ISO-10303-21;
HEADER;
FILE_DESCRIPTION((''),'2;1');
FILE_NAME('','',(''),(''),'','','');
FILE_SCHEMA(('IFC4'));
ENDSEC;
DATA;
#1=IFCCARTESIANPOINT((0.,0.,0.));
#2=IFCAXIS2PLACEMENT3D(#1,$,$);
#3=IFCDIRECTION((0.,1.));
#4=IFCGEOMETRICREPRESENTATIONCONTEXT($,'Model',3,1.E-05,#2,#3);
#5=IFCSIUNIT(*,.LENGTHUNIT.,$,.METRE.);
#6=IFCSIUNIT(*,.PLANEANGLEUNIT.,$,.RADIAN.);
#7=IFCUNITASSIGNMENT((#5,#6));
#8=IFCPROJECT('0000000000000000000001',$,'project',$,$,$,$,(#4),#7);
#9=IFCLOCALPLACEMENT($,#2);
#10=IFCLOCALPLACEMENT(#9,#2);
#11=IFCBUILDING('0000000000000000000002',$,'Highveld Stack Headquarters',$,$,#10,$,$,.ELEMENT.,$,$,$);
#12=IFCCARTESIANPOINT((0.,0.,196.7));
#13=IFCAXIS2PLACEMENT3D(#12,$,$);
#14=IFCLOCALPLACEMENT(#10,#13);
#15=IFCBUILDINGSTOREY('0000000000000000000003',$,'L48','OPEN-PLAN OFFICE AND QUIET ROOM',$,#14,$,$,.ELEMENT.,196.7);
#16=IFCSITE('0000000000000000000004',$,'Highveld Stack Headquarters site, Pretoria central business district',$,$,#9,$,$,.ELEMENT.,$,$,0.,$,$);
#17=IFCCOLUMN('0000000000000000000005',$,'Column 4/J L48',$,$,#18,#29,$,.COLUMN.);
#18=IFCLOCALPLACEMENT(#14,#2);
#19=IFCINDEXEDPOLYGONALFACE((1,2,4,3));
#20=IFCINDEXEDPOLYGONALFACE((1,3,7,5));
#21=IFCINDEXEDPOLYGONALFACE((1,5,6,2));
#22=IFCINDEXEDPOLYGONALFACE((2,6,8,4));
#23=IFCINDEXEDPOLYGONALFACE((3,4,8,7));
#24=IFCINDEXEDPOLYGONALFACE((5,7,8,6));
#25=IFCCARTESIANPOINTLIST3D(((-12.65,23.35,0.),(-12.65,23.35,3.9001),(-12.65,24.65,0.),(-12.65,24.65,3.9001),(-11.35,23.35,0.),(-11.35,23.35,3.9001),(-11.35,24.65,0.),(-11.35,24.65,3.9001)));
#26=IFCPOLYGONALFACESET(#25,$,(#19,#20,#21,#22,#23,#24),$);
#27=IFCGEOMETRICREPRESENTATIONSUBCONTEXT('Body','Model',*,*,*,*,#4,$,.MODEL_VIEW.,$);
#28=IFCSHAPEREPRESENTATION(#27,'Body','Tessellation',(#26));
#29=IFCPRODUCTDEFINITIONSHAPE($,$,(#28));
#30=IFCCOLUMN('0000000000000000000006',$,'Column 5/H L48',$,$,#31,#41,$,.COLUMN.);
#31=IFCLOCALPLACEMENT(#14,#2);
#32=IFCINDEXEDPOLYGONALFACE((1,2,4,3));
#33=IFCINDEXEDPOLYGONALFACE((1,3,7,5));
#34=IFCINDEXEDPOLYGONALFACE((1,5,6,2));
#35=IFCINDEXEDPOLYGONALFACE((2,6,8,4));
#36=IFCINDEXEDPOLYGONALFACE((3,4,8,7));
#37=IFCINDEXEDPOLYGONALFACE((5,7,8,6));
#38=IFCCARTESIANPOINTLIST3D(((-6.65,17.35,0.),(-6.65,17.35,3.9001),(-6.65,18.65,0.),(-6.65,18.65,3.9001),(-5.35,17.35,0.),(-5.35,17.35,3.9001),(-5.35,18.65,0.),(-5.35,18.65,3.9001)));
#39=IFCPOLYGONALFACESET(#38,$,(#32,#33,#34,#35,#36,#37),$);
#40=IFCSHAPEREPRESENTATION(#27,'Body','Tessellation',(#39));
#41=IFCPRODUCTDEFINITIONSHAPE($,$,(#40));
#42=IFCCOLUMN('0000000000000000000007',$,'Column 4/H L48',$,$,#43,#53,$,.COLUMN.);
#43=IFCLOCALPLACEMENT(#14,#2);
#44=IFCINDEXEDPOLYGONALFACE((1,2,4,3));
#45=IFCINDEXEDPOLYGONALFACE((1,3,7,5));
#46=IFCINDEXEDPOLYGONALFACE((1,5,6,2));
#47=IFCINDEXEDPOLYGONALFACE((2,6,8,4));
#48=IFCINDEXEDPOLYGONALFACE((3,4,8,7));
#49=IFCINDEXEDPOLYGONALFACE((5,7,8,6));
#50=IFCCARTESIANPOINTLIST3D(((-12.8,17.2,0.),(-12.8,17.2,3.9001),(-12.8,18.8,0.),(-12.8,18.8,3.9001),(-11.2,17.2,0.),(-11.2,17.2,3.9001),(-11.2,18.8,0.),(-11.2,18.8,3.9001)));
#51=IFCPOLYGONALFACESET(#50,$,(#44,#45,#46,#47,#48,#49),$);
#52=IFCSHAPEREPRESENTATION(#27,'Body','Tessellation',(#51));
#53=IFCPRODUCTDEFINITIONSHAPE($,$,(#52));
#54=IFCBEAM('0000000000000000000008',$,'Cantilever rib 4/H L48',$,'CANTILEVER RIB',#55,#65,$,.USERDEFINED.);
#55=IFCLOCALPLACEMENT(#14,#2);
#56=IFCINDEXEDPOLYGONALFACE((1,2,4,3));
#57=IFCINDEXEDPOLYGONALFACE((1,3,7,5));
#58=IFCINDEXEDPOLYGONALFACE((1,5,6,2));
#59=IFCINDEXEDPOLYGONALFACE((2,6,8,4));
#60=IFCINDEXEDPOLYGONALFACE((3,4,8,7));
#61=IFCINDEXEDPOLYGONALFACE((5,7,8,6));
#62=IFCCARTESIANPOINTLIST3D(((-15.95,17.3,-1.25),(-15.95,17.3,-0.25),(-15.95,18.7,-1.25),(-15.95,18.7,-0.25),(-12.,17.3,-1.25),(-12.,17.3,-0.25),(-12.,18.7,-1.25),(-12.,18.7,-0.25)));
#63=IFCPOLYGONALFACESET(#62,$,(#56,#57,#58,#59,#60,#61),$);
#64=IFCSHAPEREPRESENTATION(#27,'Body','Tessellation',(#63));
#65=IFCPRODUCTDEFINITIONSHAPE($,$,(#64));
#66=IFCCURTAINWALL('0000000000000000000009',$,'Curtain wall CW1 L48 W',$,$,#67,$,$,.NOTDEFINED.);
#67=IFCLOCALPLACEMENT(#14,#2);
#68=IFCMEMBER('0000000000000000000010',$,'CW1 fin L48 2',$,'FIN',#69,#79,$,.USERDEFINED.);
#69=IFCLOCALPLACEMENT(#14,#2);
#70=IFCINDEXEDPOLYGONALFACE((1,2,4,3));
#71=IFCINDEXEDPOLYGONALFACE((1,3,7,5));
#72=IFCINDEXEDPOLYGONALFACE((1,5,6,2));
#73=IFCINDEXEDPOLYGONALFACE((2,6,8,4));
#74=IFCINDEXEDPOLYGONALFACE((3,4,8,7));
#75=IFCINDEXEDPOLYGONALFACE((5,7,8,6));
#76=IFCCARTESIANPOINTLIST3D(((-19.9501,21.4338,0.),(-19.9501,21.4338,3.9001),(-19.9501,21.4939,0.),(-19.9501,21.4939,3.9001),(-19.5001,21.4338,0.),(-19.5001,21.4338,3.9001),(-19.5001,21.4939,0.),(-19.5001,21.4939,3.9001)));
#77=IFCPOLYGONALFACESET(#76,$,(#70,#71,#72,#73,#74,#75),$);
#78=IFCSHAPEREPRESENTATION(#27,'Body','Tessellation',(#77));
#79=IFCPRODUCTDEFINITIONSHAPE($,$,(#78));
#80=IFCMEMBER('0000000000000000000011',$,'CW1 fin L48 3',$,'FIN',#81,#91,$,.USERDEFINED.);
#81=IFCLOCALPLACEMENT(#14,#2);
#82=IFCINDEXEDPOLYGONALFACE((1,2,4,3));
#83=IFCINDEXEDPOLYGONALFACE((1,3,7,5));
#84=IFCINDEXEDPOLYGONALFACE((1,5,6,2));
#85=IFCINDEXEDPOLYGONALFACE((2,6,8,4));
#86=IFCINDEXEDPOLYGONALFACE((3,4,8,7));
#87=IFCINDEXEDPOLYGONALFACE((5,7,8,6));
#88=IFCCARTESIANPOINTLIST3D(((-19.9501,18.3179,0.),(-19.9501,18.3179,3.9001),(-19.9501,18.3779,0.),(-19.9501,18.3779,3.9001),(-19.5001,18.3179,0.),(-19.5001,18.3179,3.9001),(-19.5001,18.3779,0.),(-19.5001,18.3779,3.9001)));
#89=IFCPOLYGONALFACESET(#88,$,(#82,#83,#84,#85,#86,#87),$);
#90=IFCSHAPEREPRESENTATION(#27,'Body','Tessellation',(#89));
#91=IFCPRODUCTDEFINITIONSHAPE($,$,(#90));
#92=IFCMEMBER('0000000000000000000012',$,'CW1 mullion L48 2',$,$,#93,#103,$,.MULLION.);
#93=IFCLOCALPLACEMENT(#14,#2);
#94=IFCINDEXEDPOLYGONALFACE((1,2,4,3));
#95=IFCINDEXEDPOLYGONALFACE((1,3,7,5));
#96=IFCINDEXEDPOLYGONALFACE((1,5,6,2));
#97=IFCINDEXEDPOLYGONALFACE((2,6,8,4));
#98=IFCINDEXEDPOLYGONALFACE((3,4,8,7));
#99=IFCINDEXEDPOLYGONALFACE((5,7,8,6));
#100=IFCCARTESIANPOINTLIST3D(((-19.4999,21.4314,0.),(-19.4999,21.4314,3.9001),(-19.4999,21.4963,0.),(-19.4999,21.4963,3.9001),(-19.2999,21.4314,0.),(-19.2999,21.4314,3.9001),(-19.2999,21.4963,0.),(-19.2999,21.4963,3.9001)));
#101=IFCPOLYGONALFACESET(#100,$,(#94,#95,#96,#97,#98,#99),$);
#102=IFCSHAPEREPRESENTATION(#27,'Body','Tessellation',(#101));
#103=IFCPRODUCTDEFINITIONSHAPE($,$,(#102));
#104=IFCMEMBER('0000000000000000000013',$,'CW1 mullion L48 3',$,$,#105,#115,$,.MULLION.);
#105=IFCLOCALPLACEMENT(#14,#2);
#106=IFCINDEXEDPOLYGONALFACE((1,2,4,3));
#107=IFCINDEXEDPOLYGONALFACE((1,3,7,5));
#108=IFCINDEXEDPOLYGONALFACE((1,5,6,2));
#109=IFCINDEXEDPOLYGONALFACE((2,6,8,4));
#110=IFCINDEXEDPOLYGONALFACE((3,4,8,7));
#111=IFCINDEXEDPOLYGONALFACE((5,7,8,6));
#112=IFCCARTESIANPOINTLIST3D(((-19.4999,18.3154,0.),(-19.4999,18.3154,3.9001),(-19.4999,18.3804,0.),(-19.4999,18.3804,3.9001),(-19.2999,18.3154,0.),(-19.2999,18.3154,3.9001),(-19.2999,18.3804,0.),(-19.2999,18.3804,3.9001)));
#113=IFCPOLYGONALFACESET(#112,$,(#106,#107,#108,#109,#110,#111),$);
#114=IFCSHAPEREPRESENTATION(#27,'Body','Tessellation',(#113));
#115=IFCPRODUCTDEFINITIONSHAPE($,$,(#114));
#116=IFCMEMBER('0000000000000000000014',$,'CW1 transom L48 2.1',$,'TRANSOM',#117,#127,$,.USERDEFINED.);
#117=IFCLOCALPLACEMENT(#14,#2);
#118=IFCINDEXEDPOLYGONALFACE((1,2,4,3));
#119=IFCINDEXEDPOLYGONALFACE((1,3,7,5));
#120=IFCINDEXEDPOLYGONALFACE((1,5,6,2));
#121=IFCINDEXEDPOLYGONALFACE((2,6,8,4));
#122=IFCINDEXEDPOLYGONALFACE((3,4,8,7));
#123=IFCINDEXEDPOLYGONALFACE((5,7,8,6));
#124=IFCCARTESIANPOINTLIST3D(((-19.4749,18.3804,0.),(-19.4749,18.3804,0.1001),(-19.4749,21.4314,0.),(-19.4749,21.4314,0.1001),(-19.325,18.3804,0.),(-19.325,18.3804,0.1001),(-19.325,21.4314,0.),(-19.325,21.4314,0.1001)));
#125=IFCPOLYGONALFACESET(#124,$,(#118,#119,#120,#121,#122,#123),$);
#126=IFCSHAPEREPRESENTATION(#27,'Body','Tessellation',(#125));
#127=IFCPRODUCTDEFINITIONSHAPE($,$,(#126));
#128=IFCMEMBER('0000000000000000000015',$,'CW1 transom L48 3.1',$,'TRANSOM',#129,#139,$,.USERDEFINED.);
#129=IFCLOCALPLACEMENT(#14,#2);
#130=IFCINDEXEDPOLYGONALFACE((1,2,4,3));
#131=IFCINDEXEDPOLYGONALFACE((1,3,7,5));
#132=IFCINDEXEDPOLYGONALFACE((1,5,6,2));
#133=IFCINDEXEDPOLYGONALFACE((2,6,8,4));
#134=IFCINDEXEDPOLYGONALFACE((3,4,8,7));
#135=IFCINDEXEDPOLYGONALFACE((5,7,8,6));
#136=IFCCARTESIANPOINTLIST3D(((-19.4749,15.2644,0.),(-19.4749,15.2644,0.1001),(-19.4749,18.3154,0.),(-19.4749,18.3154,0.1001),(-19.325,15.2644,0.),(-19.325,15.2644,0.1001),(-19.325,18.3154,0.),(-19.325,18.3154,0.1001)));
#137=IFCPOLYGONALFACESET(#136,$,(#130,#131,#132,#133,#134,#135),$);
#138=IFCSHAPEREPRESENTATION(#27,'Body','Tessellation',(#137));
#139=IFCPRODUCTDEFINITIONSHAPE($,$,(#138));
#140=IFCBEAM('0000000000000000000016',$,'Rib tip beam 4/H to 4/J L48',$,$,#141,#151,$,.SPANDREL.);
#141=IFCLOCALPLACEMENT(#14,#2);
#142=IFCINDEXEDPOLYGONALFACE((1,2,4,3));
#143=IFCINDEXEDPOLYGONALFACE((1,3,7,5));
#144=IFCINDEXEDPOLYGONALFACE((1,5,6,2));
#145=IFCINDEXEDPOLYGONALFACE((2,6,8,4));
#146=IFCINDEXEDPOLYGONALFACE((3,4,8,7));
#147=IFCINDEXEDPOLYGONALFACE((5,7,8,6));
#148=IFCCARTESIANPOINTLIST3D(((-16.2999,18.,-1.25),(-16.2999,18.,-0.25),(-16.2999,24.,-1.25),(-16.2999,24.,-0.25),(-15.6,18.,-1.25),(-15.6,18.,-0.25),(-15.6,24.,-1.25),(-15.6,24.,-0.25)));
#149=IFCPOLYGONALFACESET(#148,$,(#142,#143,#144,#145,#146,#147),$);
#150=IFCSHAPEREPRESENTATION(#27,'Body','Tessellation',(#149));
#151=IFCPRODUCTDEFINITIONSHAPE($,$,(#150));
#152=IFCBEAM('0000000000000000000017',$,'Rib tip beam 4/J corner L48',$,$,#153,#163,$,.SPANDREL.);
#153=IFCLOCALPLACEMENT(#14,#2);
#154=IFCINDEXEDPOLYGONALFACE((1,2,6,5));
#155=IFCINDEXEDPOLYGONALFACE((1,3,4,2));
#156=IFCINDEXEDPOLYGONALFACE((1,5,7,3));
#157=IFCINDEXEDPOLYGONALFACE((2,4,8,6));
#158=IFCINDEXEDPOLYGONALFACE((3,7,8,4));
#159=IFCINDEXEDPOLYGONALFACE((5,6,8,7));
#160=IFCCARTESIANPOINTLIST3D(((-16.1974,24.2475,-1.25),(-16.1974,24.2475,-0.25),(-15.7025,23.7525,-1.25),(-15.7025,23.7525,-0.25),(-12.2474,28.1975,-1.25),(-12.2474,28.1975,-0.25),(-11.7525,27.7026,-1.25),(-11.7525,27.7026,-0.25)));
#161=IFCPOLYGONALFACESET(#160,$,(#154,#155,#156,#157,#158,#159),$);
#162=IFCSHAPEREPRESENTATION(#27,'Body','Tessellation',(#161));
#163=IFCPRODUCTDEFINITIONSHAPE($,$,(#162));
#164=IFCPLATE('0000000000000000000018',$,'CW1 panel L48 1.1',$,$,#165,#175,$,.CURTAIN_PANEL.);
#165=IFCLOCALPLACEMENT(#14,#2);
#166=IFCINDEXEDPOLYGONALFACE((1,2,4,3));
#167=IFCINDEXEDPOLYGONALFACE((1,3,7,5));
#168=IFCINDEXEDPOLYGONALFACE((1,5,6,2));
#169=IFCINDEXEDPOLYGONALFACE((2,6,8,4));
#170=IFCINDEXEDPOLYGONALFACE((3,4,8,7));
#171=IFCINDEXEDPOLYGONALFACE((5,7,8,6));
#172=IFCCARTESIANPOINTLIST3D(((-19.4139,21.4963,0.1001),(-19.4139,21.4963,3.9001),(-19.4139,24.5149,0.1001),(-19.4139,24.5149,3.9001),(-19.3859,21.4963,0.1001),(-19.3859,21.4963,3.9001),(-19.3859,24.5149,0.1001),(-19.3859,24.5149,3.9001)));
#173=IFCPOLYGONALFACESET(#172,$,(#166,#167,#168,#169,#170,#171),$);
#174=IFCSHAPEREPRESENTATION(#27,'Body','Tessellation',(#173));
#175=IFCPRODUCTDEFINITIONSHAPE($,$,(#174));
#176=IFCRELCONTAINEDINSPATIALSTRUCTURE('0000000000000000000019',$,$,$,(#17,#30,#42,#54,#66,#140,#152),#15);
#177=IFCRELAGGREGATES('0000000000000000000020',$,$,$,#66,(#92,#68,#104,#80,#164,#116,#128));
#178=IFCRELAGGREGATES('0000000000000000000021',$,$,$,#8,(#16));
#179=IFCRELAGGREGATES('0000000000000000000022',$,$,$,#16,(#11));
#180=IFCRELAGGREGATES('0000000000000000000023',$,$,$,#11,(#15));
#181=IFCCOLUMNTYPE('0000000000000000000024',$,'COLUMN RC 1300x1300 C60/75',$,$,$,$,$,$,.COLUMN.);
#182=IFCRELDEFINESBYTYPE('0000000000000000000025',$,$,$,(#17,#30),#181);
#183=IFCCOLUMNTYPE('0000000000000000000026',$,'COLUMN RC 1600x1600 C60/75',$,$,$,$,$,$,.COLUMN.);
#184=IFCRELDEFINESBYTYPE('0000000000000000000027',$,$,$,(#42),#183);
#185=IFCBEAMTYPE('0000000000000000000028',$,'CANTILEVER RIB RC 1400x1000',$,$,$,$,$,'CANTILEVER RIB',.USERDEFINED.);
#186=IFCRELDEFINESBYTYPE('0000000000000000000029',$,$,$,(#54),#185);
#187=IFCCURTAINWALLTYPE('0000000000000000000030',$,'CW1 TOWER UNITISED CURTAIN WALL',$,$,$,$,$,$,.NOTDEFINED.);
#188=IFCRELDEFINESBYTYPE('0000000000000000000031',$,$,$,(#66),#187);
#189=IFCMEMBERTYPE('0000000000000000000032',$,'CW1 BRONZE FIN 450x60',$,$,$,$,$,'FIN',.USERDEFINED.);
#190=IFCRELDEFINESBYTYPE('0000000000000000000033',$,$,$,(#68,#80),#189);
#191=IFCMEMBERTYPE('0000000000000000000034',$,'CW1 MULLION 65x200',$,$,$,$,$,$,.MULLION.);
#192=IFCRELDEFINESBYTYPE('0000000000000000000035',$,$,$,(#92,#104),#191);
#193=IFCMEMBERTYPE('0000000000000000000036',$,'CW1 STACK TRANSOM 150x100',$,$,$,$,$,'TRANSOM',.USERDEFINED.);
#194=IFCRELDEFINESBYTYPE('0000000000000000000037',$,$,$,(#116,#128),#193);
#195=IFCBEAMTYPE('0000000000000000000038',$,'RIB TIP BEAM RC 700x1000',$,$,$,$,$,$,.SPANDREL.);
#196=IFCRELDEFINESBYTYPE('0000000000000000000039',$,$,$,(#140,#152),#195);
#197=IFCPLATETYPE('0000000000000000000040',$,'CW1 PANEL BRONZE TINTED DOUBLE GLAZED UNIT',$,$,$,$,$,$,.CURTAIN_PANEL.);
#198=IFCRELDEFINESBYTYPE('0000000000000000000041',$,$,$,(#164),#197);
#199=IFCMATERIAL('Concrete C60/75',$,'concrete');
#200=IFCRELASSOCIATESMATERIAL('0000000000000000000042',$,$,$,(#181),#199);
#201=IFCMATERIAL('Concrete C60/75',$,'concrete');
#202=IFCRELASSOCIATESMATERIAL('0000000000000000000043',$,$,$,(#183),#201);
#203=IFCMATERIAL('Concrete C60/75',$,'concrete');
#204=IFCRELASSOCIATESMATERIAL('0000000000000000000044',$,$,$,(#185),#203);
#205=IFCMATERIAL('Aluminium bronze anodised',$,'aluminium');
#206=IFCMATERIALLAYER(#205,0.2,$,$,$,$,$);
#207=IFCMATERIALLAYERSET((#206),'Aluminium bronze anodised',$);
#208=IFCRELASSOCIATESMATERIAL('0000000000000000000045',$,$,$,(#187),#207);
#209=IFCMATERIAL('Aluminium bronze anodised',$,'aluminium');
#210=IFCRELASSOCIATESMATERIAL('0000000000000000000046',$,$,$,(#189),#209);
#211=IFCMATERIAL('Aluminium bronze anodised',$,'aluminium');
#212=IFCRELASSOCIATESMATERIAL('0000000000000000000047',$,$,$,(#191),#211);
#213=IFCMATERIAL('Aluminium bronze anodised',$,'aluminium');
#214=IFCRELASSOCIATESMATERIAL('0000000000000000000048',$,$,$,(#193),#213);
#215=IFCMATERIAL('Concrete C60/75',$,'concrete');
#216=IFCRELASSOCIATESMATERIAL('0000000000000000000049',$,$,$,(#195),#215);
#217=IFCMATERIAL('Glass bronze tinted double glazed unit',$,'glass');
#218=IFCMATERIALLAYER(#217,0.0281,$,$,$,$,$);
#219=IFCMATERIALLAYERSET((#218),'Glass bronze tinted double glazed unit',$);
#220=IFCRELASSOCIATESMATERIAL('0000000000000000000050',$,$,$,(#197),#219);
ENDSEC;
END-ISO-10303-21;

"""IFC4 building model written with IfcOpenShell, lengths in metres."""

from ifc_helpers import new_model, si_unit, direction, frame, origin, origin_2d, place, context, subcontext, project, spatial, rectangle, extrude, material, layer, layer_set, material_profile, profile_set, type_object, element, aggregate, save


model = new_model("IFC4")

# Units and contexts
model_context = context("Model", 3, precision=1e-05, world=origin(), true_north=direction((0.0, 1.0)))
body_context = subcontext(model_context, "Body", "Model", "MODEL_VIEW")
ifc_project = project(units=[si_unit("LENGTHUNIT", "METRE"), si_unit("PLANEANGLEUNIT", "RADIAN")], contexts=[model_context])

# Site, building, storey
site_placement = place(None, origin())
site = spatial("IfcSite", under=ifc_project, at=site_placement, Name="Highveld Stack Headquarters site, Pretoria central business district", CompositionType="ELEMENT", RefElevation=0.0)
building_placement = place(site_placement, origin())
building = spatial("IfcBuilding", under=site, at=building_placement, Name="Highveld Stack Headquarters", CompositionType="ELEMENT")
storey_placement = place(building_placement, frame((0.0, 0.0, 196.7)))
storey = spatial("IfcBuildingStorey", under=building, at=storey_placement, Name="L48", Description="OPEN-PLAN OFFICE AND QUIET ROOM", CompositionType="ELEMENT", Elevation=196.7)

# Columns
ifc_material_1 = material(Name="Concrete C60/75", Category="concrete")
ifc_material_profile_1 = material_profile(ifc_material_1, rectangle(XDim=1.3, YDim=1.3, at=origin_2d()), Name="RC 1300x1300")
ifc_profile_set_1 = profile_set([ifc_material_profile_1], Name="Concrete C60/75")
column_type_1 = type_object("IfcColumnType", Name="COLUMN RC 1300x1300 C60/75", PredefinedType="COLUMN", material=ifc_profile_set_1)
for number, where, z_axis, x_axis, name in (
    (1, (-12.0, 24.0, 0.0), (0.0, 0.0, 1.0), (1.0, 0.0, 0.0), "Column 4/J L48"),
    (2, (-6.0, 18.0, 0.0), (0.0, 0.0, 1.0), (1.0, 0.0, 0.0), "Column 5/H L48"),
):
    element("IfcColumn", number, at=place(storey_placement, frame(where, z_axis=z_axis, x_axis=x_axis)), inside=storey, type_object=column_type_1, Name=name, PredefinedType="COLUMN", context=body_context, shape_type="SweptSolid", body=[
        extrude(rectangle(XDim=1.3, YDim=1.3, at=origin_2d()), origin(), (0.0, 0.0, 1.0), 3.9001),
    ])
ifc_material_2 = material(Name="Concrete C60/75", Category="concrete")
ifc_material_profile_2 = material_profile(ifc_material_2, rectangle(XDim=1.6001, YDim=1.6001, at=origin_2d()), Name="RC 1600x1600")
ifc_profile_set_2 = profile_set([ifc_material_profile_2], Name="Concrete C60/75")
column_type_2 = type_object("IfcColumnType", Name="COLUMN RC 1600x1600 C60/75", PredefinedType="COLUMN", material=ifc_profile_set_2)
column_placement = place(storey_placement, frame((-12.0, 18.0, 0.0), z_axis=(0.0, 0.0, 1.0), x_axis=(1.0, 0.0, 0.0)))
element("IfcColumn", 3, at=column_placement, inside=storey, type_object=column_type_2, Name="Column 4/H L48", PredefinedType="COLUMN", context=body_context, shape_type="SweptSolid", body=[
    extrude(rectangle(XDim=1.6001, YDim=1.6001, at=origin_2d()), origin(), (0.0, 0.0, 1.0), 3.9001),
])

# Beam
ifc_material_3 = material(Name="Concrete C60/75", Category="concrete")
ifc_material_profile_3 = material_profile(ifc_material_3, rectangle(XDim=1.3999, YDim=1.0, at=origin_2d()), Name="RC 1400x1000")
ifc_profile_set_3 = profile_set([ifc_material_profile_3], Name="Concrete C60/75")
beam_type_1 = type_object("IfcBeamType", Name="CANTILEVER RIB RC 1400x1000", ElementType="CANTILEVER RIB", PredefinedType="USERDEFINED", material=ifc_profile_set_3)
beam_1_placement = place(storey_placement, frame((-12.0, 18.0, -0.75), z_axis=(-1.0, 0.0, 0.0), x_axis=(0.0, -1.0, 0.0)))
element("IfcBeam", 4, at=beam_1_placement, inside=storey, type_object=beam_type_1, Name="Cantilever rib 4/H L48", ObjectType="CANTILEVER RIB", PredefinedType="USERDEFINED", context=body_context, shape_type="SweptSolid", body=[
    extrude(rectangle(XDim=1.3999, YDim=1.0, at=origin_2d()), origin(), (0.0, 0.0, 1.0), 3.95),
])

# Curtain wall, members
ifc_material_4 = material(Name="Aluminium bronze anodised", Category="aluminium")
ifc_layer_1 = layer(ifc_material_4, 0.2)
ifc_layer_set_1 = layer_set([ifc_layer_1], Name="Aluminium bronze anodised")
curtain_wall_type = type_object("IfcCurtainWallType", Name="CW1 TOWER UNITISED CURTAIN WALL", PredefinedType="NOTDEFINED", material=ifc_layer_set_1)
curtain_wall_placement = place(storey_placement, origin())
curtain_wall = element("IfcCurtainWall", 5, at=curtain_wall_placement, inside=storey, type_object=curtain_wall_type, Name="Curtain wall CW1 L48 W", PredefinedType="NOTDEFINED")
ifc_material_5 = material(Name="Aluminium bronze anodised", Category="aluminium")
ifc_material_profile_4 = material_profile(ifc_material_5, rectangle(XDim=0.45, YDim=0.0601, at=origin_2d()), Name="FIN 450x60")
ifc_profile_set_4 = profile_set([ifc_material_profile_4], Name="Aluminium bronze anodised")
member_type_1 = type_object("IfcMemberType", Name="CW1 BRONZE FIN 450x60", ElementType="FIN", PredefinedType="USERDEFINED", material=ifc_profile_set_4)
member_1_placement = place(storey_placement, frame((-19.7251, 21.4639, 0.0), z_axis=(0.0, 0.0, 1.0), x_axis=(1.0, 0.0, 0.0)))
member_1 = element("IfcMember", 6, at=member_1_placement, type_object=member_type_1, Name="CW1 fin L48 2", ObjectType="FIN", PredefinedType="USERDEFINED", context=body_context, shape_type="SweptSolid", body=[
    extrude(rectangle(XDim=0.45, YDim=0.0601, at=origin_2d()), origin(), (0.0, 0.0, 1.0), 3.9001),
])
member_2_placement = place(storey_placement, frame((-19.7251, 18.3479, 0.0), z_axis=(0.0, 0.0, 1.0), x_axis=(1.0, 0.0, 0.0)))
member_2 = element("IfcMember", 7, at=member_2_placement, type_object=member_type_1, Name="CW1 fin L48 3", ObjectType="FIN", PredefinedType="USERDEFINED", context=body_context, shape_type="SweptSolid", body=[
    extrude(rectangle(XDim=0.45, YDim=0.0601, at=origin_2d()), origin(), (0.0, 0.0, 1.0), 3.9001),
])
ifc_material_6 = material(Name="Aluminium bronze anodised", Category="aluminium")
ifc_material_profile_5 = material_profile(ifc_material_6, rectangle(XDim=0.2, YDim=0.0649, at=origin_2d()), Name="CW1 MULLION 65x200")
ifc_profile_set_5 = profile_set([ifc_material_profile_5], Name="Aluminium bronze anodised")
member_type_2 = type_object("IfcMemberType", Name="CW1 MULLION 65x200", PredefinedType="MULLION", material=ifc_profile_set_5)
member_3_placement = place(storey_placement, frame((-19.3999, 21.4639, 0.0), z_axis=(0.0, 0.0, 1.0), x_axis=(1.0, 0.0, 0.0)))
member_3 = element("IfcMember", 8, at=member_3_placement, type_object=member_type_2, Name="CW1 mullion L48 2", PredefinedType="MULLION", context=body_context, shape_type="SweptSolid", body=[
    extrude(rectangle(XDim=0.2, YDim=0.0649, at=origin_2d()), origin(), (0.0, 0.0, 1.0), 3.9001),
])
member_4_placement = place(storey_placement, frame((-19.3999, 18.3479, 0.0), z_axis=(0.0, 0.0, 1.0), x_axis=(1.0, 0.0, 0.0)))
member_4 = element("IfcMember", 9, at=member_4_placement, type_object=member_type_2, Name="CW1 mullion L48 3", PredefinedType="MULLION", context=body_context, shape_type="SweptSolid", body=[
    extrude(rectangle(XDim=0.2, YDim=0.0649, at=origin_2d()), origin(), (0.0, 0.0, 1.0), 3.9001),
])
ifc_material_7 = material(Name="Aluminium bronze anodised", Category="aluminium")
ifc_material_profile_6 = material_profile(ifc_material_7, rectangle(XDim=0.1499, YDim=0.1001, at=origin_2d()), Name="CW1 TRANSOM 150x100")
ifc_profile_set_6 = profile_set([ifc_material_profile_6], Name="Aluminium bronze anodised")
member_type_3 = type_object("IfcMemberType", Name="CW1 STACK TRANSOM 150x100", ElementType="TRANSOM", PredefinedType="USERDEFINED", material=ifc_profile_set_6)
member_5_placement = place(storey_placement, frame((-19.3999, 21.4314, 0.05), z_axis=(0.0, -1.0, 0.0), x_axis=(1.0, 0.0, 0.0)))
member_5 = element("IfcMember", 10, at=member_5_placement, type_object=member_type_3, Name="CW1 transom L48 2.1", ObjectType="TRANSOM", PredefinedType="USERDEFINED", context=body_context, shape_type="SweptSolid", body=[
    extrude(rectangle(XDim=0.1499, YDim=0.1001, at=origin_2d()), origin(), (0.0, 0.0, 1.0), 3.051),
])
member_6_placement = place(storey_placement, frame((-19.3999, 18.3154, 0.05), z_axis=(0.0, -1.0, 0.0), x_axis=(1.0, 0.0, 0.0)))
member_6 = element("IfcMember", 11, at=member_6_placement, type_object=member_type_3, Name="CW1 transom L48 3.1", ObjectType="TRANSOM", PredefinedType="USERDEFINED", context=body_context, shape_type="SweptSolid", body=[
    extrude(rectangle(XDim=0.1499, YDim=0.1001, at=origin_2d()), origin(), (0.0, 0.0, 1.0), 3.051),
])

# Beams
ifc_material_8 = material(Name="Concrete C60/75", Category="concrete")
ifc_material_profile_7 = material_profile(ifc_material_8, rectangle(XDim=0.7, YDim=1.0, at=origin_2d()), Name="RC 700x1000")
ifc_profile_set_7 = profile_set([ifc_material_profile_7], Name="Concrete C60/75")
beam_type_2 = type_object("IfcBeamType", Name="RIB TIP BEAM RC 700x1000", PredefinedType="SPANDREL", material=ifc_profile_set_7)
beam_2_placement = place(storey_placement, frame((-15.95, 18.0, -0.75), z_axis=(0.0, 1.0, 0.0), x_axis=(-1.0, 0.0, 0.0)))
element("IfcBeam", 12, at=beam_2_placement, inside=storey, type_object=beam_type_2, Name="Rib tip beam 4/H to 4/J L48", PredefinedType="SPANDREL", context=body_context, shape_type="SweptSolid", body=[
    extrude(rectangle(XDim=0.7, YDim=1.0, at=origin_2d()), origin(), (0.0, 0.0, 1.0), 6.0),
])
beam_3_placement = place(storey_placement, frame((-15.95, 24.0, -0.75), z_axis=(0.707107, 0.707107, 0.0), x_axis=(-0.707107, 0.707107, 0.0)))
element("IfcBeam", 13, at=beam_3_placement, inside=storey, type_object=beam_type_2, Name="Rib tip beam 4/J corner L48", PredefinedType="SPANDREL", context=body_context, shape_type="SweptSolid", body=[
    extrude(rectangle(XDim=0.7, YDim=1.0, at=origin_2d()), origin(), (0.0, 0.0, 1.0), 5.5862),
])

# Plate
ifc_material_9 = material(Name="Glass bronze tinted double glazed unit", Category="glass")
ifc_layer_2 = layer(ifc_material_9, 0.0281)
ifc_layer_set_2 = layer_set([ifc_layer_2], Name="Glass bronze tinted double glazed unit")
plate_type = type_object("IfcPlateType", Name="CW1 PANEL BRONZE TINTED DOUBLE GLAZED UNIT", PredefinedType="CURTAIN_PANEL", material=ifc_layer_set_2)
plate_1_placement = place(storey_placement, frame((-19.3999, 23.0056, 0.1001), z_axis=(0.0, 0.0, 1.0), x_axis=(0.0, -1.0, 0.0)))
plate_1 = element("IfcPlate", 14, at=plate_1_placement, type_object=plate_type, Name="CW1 panel L48 1.1", PredefinedType="CURTAIN_PANEL", context=body_context, shape_type="SweptSolid", body=[
    extrude(rectangle(XDim=3.0186, YDim=0.0281, at=origin_2d()), origin(), (0.0, 0.0, 1.0), 3.8),
])
aggregate(curtain_wall, [member_3, member_1, member_4, member_2, plate_1, member_5, member_6])

save(model, "model.ifc")
